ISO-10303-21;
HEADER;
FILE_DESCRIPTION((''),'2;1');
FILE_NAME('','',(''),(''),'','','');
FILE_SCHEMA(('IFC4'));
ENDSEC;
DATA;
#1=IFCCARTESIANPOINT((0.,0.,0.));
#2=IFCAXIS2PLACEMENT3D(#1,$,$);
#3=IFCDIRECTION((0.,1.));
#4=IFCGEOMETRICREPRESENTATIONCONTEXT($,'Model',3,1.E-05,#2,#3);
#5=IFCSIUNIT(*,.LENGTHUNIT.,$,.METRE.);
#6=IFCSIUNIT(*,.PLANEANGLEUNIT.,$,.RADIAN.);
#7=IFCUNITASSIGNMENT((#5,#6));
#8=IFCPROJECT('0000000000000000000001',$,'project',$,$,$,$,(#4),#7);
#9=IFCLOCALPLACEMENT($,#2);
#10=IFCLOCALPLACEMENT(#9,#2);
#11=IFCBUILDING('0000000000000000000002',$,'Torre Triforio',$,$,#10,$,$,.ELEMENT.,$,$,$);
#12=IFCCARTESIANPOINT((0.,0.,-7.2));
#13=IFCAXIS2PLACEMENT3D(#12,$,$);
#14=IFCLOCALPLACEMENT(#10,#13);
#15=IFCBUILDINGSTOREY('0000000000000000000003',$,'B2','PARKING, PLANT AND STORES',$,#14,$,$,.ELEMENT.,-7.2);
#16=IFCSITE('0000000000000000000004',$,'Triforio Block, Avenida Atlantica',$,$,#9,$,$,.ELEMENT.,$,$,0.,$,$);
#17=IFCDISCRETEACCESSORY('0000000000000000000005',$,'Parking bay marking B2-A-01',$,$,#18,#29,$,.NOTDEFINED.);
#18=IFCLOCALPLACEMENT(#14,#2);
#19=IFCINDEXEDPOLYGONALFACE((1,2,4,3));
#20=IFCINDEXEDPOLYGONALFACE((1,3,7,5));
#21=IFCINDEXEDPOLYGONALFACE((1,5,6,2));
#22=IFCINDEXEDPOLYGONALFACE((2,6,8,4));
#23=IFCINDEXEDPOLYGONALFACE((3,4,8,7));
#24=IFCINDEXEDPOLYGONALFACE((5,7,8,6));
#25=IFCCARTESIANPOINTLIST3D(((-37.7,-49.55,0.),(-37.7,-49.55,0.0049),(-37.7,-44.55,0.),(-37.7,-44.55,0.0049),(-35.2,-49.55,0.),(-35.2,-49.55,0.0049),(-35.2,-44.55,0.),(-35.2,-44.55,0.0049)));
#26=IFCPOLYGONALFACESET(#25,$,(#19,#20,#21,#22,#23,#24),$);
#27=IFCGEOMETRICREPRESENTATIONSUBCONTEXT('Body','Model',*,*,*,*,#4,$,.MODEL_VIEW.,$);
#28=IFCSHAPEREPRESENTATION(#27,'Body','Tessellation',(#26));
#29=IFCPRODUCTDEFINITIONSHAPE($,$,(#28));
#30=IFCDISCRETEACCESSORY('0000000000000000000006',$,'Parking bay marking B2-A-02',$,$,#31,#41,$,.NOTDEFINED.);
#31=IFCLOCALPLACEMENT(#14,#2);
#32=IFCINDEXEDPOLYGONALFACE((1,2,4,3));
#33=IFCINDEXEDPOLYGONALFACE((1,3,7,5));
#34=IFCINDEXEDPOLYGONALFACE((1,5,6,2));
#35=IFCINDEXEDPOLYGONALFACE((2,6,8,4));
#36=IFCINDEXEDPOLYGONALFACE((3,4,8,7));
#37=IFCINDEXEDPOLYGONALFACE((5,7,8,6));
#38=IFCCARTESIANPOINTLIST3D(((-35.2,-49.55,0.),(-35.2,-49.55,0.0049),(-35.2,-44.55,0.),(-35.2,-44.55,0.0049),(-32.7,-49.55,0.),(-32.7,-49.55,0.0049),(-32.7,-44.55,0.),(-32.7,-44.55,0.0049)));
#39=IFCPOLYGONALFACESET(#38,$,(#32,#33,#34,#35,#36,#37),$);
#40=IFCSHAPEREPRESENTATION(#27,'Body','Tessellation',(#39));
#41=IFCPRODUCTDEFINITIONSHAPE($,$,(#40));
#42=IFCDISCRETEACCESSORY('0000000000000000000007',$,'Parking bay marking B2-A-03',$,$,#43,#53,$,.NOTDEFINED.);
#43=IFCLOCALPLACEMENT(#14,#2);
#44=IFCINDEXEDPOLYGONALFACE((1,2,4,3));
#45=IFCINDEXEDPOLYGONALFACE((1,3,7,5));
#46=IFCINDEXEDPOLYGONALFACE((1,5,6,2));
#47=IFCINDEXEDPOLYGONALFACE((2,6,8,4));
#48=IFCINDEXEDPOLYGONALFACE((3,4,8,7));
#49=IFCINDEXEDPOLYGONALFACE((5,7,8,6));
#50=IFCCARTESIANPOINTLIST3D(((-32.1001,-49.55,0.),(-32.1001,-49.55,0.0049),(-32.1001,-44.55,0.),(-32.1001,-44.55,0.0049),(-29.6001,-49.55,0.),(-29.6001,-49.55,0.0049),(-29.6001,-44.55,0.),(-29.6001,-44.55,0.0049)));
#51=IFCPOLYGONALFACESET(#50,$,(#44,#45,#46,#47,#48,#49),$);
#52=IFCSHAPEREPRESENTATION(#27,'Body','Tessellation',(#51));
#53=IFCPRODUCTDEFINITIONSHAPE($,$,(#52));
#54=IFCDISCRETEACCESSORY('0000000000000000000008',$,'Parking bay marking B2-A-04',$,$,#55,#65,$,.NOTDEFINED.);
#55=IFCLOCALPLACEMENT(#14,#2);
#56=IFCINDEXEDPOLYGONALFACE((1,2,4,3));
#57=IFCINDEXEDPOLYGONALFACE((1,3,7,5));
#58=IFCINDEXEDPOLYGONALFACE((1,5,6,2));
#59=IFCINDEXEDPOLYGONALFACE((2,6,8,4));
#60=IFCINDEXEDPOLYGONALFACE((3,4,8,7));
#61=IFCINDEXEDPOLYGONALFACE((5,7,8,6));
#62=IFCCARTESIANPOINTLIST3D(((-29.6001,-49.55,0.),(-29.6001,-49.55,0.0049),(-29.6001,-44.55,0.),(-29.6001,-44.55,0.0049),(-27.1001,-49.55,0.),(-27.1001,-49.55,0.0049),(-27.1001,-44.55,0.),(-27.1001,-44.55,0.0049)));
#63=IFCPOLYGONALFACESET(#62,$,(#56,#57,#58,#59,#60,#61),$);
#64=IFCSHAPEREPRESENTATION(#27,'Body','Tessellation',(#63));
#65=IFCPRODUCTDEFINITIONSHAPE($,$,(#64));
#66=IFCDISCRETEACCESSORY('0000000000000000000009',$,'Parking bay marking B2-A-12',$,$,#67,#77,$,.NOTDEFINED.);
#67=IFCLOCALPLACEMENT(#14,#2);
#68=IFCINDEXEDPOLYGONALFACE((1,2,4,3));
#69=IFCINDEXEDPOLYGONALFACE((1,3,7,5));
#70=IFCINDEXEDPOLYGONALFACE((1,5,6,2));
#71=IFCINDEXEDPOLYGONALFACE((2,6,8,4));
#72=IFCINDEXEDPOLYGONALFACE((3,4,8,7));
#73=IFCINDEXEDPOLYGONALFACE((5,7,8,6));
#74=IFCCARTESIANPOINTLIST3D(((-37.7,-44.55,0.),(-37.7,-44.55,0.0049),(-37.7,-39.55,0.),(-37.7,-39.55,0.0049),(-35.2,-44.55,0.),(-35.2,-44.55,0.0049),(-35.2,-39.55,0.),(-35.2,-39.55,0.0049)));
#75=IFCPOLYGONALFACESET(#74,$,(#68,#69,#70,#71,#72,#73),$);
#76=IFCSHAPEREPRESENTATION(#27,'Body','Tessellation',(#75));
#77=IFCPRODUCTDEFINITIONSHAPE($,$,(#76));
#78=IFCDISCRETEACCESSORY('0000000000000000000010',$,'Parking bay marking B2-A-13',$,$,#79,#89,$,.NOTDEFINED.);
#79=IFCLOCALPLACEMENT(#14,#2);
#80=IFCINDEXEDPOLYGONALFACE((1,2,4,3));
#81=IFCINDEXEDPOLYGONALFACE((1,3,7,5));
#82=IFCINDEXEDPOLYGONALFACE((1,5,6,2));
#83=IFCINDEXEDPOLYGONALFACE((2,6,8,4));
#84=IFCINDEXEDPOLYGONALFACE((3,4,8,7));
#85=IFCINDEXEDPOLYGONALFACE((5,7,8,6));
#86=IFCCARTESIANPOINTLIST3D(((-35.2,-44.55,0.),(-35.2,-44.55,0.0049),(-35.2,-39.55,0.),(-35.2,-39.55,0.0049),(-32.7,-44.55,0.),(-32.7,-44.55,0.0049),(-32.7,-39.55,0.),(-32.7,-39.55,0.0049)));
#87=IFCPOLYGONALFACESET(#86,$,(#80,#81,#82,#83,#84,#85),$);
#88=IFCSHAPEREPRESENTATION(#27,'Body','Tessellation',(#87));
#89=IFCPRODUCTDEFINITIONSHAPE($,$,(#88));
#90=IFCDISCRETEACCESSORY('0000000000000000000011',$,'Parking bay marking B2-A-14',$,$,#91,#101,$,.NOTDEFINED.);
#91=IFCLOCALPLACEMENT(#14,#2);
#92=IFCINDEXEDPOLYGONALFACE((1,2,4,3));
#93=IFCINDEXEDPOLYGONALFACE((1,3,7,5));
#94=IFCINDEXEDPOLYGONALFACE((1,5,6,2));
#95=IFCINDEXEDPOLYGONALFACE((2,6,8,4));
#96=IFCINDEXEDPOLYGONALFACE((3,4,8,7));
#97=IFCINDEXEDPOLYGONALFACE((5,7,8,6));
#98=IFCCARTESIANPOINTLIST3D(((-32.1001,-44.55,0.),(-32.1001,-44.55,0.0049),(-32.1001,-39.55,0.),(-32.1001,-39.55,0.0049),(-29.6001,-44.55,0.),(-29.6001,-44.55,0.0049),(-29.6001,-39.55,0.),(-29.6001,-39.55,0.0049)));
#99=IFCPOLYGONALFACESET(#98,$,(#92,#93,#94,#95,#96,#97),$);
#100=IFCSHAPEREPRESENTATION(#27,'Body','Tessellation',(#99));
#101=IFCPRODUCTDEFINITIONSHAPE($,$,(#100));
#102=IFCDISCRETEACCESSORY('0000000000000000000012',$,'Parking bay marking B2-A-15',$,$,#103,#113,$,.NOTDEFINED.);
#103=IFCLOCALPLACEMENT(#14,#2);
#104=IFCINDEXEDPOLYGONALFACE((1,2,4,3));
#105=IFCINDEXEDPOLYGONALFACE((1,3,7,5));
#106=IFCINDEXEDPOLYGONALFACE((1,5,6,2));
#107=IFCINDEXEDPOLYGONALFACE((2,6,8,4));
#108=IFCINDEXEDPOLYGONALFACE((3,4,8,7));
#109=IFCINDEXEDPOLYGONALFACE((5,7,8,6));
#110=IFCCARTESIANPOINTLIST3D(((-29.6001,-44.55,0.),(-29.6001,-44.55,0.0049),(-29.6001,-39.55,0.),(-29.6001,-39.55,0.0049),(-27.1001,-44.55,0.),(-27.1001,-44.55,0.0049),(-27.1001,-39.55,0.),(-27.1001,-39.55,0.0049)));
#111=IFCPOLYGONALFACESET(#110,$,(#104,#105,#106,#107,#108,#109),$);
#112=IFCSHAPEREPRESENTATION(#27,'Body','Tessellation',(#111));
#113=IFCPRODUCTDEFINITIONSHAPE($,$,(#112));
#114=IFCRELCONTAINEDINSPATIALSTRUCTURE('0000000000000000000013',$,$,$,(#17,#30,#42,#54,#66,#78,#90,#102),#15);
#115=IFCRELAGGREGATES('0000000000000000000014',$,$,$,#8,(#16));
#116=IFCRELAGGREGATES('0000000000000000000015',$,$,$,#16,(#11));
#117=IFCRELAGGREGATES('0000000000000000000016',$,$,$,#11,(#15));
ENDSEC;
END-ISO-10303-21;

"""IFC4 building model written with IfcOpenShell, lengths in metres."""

from ifc_helpers import new_model, si_unit, direction, frame, origin, origin_2d, place, context, subcontext, project, spatial, rectangle, extrude, element, save


model = new_model("IFC4")

# Units and contexts
model_context = context("Model", 3, precision=1e-05, world=origin(), true_north=direction((0.0, 1.0)))
body_context = subcontext(model_context, "Body", "Model", "MODEL_VIEW")
ifc_project = project(units=[si_unit("LENGTHUNIT", "METRE"), si_unit("PLANEANGLEUNIT", "RADIAN")], contexts=[model_context])

# Site, building, storey
site_placement = place(None, origin())
site = spatial("IfcSite", under=ifc_project, at=site_placement, Name="Triforio Block, Avenida Atlantica", CompositionType="ELEMENT", RefElevation=0.0)
building_placement = place(site_placement, origin())
building = spatial("IfcBuilding", under=site, at=building_placement, Name="Torre Triforio", CompositionType="ELEMENT")
storey_placement = place(building_placement, frame((0.0, 0.0, -7.2)))
storey = spatial("IfcBuildingStorey", under=building, at=storey_placement, Name="B2", Description="PARKING, PLANT AND STORES", CompositionType="ELEMENT", Elevation=-7.2)

# Discrete accessories
for number, where, z_axis, x_axis, name in (
    (1, (-36.45, -47.05, 0.0), (0.0, 0.0, 1.0), (1.0, 0.0, 0.0), "Parking bay marking B2-A-01"),
    (2, (-33.95, -47.05, 0.0), (0.0, 0.0, 1.0), (1.0, 0.0, 0.0), "Parking bay marking B2-A-02"),
    (3, (-30.8501, -47.05, 0.0), (0.0, 0.0, 1.0), (1.0, 0.0, 0.0), "Parking bay marking B2-A-03"),
    (4, (-28.3501, -47.05, 0.0), (0.0, 0.0, 1.0), (1.0, 0.0, 0.0), "Parking bay marking B2-A-04"),
    (5, (-36.45, -42.05, 0.0), (0.0, 0.0, 1.0), (1.0, 0.0, 0.0), "Parking bay marking B2-A-12"),
    (6, (-33.95, -42.05, 0.0), (0.0, 0.0, 1.0), (1.0, 0.0, 0.0), "Parking bay marking B2-A-13"),
    (7, (-30.8501, -42.05, 0.0), (0.0, 0.0, 1.0), (1.0, 0.0, 0.0), "Parking bay marking B2-A-14"),
    (8, (-28.3501, -42.05, 0.0), (0.0, 0.0, 1.0), (1.0, 0.0, 0.0), "Parking bay marking B2-A-15"),
):
    element("IfcDiscreteAccessory", number, at=place(storey_placement, frame(where, z_axis=z_axis, x_axis=x_axis)), inside=storey, Name=name, PredefinedType="NOTDEFINED", context=body_context, shape_type="SweptSolid", body=[
        extrude(rectangle(XDim=2.5, YDim=5.0, at=origin_2d()), origin(), (0.0, 0.0, 1.0), 0.0049),
    ])

save(model, "model.ifc")
